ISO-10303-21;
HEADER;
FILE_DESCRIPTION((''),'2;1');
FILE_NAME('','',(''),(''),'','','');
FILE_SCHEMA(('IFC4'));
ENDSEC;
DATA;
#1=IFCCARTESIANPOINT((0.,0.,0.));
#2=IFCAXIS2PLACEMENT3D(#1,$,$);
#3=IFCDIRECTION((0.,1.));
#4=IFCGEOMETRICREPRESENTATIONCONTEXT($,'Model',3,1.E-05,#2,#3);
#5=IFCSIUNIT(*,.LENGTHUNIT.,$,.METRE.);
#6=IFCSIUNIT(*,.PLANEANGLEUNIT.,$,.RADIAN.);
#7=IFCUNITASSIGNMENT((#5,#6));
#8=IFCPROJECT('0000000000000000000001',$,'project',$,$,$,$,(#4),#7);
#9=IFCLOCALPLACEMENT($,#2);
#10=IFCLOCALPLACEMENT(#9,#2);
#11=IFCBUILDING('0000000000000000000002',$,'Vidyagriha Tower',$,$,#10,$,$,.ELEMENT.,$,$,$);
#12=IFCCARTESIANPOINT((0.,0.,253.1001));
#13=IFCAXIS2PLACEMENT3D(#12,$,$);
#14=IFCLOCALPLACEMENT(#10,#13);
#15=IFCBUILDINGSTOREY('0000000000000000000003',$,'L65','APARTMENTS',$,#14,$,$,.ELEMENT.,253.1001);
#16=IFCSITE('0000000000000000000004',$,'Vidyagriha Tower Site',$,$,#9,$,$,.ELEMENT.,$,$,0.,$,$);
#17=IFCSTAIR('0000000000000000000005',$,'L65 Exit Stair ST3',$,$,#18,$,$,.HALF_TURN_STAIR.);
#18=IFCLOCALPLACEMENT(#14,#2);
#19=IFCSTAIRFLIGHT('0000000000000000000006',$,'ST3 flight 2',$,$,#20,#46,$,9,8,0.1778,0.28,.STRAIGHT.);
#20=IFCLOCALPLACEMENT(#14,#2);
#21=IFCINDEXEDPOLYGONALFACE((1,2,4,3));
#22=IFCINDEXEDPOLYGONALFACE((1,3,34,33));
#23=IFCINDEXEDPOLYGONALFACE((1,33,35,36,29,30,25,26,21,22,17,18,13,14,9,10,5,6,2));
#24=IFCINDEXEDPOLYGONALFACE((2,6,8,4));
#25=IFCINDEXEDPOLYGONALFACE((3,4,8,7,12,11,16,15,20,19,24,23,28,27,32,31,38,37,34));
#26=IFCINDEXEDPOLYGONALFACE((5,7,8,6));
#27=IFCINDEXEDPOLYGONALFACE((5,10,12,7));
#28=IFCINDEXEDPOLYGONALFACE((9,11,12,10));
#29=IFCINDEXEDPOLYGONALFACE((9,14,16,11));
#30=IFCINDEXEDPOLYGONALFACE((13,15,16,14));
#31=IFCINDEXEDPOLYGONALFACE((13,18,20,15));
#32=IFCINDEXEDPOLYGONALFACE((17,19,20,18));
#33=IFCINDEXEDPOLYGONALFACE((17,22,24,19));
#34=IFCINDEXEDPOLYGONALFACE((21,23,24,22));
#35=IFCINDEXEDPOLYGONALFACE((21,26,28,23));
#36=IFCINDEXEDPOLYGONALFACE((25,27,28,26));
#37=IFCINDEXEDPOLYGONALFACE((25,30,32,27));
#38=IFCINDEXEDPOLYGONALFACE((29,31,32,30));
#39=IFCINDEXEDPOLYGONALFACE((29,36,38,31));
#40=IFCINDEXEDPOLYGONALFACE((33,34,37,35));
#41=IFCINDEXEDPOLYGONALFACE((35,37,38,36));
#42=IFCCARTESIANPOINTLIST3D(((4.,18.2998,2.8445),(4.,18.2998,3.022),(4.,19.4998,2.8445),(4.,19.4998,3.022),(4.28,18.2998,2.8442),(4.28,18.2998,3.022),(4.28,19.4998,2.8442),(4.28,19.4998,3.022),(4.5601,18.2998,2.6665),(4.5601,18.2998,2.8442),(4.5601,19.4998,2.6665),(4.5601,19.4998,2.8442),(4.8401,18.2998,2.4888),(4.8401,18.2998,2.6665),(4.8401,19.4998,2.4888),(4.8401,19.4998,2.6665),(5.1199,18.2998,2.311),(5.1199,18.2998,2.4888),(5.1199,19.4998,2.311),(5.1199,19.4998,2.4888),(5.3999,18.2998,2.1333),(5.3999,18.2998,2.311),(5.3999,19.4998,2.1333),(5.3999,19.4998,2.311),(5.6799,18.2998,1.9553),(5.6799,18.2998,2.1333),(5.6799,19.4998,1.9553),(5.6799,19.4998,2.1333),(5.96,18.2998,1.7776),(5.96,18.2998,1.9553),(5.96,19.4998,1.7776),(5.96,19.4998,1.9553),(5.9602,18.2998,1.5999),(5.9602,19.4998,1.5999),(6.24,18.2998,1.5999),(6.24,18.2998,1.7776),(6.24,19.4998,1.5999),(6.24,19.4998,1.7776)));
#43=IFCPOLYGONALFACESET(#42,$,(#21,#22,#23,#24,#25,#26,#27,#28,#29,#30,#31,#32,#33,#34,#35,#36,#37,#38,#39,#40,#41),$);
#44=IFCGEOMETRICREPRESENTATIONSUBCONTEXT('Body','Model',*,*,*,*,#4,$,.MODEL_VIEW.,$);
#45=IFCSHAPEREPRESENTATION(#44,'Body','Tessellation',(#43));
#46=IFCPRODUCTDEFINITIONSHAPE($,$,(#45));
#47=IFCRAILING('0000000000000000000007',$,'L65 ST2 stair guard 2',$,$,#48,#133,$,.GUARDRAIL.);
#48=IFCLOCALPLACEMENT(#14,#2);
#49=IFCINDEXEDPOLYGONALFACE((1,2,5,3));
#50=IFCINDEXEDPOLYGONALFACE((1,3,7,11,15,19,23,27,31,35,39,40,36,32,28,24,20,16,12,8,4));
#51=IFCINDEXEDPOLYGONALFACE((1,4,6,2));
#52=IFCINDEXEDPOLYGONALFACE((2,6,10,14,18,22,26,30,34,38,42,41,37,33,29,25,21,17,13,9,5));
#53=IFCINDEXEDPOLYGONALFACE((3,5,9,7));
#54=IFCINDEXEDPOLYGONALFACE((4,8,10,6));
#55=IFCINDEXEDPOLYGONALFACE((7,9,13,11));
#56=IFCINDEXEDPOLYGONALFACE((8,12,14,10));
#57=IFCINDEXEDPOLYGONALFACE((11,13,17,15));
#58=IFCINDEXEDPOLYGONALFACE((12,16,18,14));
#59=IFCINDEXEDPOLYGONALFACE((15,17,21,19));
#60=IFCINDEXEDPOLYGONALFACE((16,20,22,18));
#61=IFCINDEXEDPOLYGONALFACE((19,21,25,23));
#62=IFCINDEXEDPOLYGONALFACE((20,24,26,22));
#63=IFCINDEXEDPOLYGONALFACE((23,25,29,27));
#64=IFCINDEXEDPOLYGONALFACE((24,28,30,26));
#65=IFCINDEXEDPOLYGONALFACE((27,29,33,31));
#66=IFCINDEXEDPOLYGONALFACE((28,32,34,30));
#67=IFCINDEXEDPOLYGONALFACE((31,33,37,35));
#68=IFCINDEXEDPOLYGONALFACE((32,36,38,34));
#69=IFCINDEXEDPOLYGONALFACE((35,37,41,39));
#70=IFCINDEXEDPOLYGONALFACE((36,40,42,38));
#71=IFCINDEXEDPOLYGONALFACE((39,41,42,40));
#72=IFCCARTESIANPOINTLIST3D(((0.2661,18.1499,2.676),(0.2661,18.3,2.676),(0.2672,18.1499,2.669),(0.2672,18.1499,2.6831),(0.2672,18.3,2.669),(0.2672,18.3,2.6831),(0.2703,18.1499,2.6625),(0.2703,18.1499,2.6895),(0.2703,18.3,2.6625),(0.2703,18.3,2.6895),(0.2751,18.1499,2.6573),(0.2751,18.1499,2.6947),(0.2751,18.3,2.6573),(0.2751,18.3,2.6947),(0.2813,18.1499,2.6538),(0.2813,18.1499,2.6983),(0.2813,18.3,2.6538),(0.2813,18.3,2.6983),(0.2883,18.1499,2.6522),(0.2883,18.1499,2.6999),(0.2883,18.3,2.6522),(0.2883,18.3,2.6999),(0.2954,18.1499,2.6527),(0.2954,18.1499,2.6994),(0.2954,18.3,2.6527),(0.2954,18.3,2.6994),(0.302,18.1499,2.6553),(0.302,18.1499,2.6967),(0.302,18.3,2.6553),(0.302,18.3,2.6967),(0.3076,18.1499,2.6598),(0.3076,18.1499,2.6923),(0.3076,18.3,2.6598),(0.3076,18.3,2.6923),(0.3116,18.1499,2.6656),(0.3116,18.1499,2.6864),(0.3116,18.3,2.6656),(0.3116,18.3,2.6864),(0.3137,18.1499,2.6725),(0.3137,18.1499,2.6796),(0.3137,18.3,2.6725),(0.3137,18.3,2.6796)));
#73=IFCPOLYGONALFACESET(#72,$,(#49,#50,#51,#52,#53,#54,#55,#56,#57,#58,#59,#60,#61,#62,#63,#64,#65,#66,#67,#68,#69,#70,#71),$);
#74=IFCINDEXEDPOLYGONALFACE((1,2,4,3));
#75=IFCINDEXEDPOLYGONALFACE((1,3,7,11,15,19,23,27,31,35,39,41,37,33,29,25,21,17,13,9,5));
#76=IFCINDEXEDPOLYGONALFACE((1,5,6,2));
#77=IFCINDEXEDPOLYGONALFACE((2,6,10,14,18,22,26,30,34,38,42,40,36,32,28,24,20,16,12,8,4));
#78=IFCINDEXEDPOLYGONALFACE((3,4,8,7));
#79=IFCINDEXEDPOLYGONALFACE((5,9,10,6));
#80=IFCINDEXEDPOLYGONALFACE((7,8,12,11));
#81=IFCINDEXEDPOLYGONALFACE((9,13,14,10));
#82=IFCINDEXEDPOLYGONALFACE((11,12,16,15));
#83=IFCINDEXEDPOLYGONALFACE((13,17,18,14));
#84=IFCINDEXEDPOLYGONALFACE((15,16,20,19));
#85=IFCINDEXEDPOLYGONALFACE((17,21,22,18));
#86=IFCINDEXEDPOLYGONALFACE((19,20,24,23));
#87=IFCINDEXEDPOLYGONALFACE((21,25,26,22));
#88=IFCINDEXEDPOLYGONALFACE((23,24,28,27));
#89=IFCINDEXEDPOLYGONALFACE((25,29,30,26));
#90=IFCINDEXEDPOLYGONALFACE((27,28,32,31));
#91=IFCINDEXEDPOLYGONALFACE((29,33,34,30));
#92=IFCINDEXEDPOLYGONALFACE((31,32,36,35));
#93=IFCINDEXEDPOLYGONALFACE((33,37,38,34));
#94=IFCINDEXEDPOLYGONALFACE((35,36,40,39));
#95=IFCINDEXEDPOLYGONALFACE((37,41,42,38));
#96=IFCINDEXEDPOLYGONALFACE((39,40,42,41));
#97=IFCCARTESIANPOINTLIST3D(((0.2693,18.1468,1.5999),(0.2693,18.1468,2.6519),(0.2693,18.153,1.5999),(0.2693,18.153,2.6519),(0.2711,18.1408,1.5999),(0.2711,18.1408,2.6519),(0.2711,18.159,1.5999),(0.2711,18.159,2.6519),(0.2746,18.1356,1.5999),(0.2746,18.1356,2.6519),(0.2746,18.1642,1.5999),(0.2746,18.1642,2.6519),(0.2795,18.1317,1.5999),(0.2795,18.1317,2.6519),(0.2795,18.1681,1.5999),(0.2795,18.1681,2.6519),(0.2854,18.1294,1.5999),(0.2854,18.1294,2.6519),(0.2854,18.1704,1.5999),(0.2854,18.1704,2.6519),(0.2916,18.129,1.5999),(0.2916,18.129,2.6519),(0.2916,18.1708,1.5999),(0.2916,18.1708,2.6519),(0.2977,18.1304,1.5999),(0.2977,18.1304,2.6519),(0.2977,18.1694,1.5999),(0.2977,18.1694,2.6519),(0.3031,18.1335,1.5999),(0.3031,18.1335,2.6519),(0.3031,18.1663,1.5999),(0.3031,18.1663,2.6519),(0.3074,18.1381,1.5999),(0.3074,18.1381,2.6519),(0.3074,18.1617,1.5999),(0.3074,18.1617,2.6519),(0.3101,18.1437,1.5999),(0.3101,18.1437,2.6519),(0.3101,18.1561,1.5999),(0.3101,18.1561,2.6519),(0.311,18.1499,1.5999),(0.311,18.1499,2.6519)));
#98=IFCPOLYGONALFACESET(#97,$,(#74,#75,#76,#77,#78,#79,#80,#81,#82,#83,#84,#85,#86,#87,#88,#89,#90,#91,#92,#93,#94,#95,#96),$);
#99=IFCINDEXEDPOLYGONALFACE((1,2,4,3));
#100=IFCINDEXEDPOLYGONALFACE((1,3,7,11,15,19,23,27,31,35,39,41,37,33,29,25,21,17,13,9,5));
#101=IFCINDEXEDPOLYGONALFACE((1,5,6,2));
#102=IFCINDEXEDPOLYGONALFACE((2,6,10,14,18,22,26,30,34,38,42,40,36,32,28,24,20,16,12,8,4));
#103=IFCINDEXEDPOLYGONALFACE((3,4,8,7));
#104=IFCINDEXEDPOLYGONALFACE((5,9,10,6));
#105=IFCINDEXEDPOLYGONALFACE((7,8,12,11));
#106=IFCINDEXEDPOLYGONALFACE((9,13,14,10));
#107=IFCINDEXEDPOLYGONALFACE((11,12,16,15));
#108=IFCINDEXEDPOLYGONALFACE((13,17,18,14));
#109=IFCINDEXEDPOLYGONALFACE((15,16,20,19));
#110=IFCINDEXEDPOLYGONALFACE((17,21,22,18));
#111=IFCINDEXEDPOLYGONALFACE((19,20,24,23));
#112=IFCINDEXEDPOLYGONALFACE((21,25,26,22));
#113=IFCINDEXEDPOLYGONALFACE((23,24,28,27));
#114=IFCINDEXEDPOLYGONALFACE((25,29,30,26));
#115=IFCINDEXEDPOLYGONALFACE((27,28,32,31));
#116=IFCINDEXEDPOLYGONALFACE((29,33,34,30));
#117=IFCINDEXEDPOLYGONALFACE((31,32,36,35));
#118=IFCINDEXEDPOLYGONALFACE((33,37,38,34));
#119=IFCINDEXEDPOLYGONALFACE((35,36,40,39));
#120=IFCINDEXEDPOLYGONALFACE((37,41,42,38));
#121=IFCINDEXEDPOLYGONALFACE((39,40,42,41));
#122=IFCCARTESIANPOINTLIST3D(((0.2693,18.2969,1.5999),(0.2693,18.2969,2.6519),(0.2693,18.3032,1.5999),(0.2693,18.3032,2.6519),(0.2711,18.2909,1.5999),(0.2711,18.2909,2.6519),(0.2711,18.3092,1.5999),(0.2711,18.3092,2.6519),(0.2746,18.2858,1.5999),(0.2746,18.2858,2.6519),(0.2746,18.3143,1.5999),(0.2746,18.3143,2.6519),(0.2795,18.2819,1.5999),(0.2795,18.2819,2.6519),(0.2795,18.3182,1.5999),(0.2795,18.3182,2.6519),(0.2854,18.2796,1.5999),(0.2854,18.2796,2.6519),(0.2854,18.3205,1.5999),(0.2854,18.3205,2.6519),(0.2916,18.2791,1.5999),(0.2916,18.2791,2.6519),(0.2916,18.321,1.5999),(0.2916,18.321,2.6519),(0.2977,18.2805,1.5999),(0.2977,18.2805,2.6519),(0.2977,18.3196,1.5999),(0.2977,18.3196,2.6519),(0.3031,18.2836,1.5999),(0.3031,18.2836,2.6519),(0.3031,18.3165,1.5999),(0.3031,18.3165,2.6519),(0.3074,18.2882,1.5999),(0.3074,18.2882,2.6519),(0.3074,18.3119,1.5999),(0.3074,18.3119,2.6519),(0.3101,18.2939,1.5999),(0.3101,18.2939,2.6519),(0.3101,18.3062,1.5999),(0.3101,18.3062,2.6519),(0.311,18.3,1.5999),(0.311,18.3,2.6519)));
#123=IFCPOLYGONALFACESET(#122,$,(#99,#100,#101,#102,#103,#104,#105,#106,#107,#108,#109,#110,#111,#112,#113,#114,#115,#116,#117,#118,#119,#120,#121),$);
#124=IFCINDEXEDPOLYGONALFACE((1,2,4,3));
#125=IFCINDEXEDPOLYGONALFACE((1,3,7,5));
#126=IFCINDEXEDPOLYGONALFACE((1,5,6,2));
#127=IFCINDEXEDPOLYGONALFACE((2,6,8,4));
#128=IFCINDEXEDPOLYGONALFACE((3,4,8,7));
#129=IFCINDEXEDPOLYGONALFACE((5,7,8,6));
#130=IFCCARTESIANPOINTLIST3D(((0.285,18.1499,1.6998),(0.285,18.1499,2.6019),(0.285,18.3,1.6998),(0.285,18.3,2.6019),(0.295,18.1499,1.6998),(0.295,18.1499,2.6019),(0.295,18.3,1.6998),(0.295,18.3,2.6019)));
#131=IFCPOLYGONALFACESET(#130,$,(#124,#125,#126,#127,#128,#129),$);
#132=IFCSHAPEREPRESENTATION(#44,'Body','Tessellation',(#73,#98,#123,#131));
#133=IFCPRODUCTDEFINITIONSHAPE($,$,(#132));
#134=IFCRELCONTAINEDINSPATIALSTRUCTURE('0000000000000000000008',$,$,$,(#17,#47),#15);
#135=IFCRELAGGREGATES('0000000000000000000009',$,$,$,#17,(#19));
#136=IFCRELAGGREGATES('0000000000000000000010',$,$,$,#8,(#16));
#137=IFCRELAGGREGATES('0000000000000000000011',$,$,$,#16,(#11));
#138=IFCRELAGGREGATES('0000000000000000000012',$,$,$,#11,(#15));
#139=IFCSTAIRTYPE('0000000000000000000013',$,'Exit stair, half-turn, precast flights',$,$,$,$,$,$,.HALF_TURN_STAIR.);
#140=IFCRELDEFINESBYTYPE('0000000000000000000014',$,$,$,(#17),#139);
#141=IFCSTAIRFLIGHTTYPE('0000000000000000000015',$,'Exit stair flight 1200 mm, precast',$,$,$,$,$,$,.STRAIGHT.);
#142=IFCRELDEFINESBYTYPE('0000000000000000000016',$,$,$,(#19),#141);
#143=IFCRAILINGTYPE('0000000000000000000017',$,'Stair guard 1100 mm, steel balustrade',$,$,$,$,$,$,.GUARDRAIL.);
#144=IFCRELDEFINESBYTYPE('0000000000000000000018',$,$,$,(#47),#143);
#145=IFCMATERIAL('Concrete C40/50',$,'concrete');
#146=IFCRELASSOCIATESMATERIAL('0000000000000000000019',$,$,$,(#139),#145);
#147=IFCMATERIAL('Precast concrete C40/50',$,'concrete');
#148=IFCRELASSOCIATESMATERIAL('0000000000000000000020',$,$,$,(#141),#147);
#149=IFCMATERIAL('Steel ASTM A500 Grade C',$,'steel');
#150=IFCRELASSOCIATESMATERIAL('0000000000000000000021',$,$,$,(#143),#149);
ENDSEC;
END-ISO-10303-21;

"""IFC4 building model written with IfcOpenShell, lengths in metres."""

from ifc_helpers import new_model, si_unit, direction, frame, origin, origin_2d, place, context, subcontext, project, spatial, polyline, rectangle, circle, outline, extrude, material, type_object, element, aggregate, save


model = new_model("IFC4")

# Units and contexts
model_context = context("Model", 3, precision=1e-05, world=origin(), true_north=direction((0.0, 1.0)))
body_context = subcontext(model_context, "Body", "Model", "MODEL_VIEW")
ifc_project = project(units=[si_unit("LENGTHUNIT", "METRE"), si_unit("PLANEANGLEUNIT", "RADIAN")], contexts=[model_context])

# Site, building, storey
site_placement = place(None, origin())
site = spatial("IfcSite", under=ifc_project, at=site_placement, Name="Vidyagriha Tower Site", CompositionType="ELEMENT", RefElevation=0.0)
building_placement = place(site_placement, origin())
building = spatial("IfcBuilding", under=site, at=building_placement, Name="Vidyagriha Tower", CompositionType="ELEMENT")
storey_placement = place(building_placement, frame((0.0, 0.0, 253.1001)))
storey = spatial("IfcBuildingStorey", under=building, at=storey_placement, Name="L65", Description="APARTMENTS", CompositionType="ELEMENT", Elevation=253.1001)

# Stair, stair flight
ifc_material_1 = material(Name="Concrete C40/50", Category="concrete")
stair_type = type_object("IfcStairType", Name="Exit stair, half-turn, precast flights", PredefinedType="HALF_TURN_STAIR", material=ifc_material_1)
ifc_material_2 = material(Name="Precast concrete C40/50", Category="concrete")
stair_flight_type = type_object("IfcStairFlightType", Name="Exit stair flight 1200 mm, precast", PredefinedType="STRAIGHT", material=ifc_material_2)
stair_1_placement = place(storey_placement, origin())
stair_1 = element("IfcStair", 1, at=stair_1_placement, inside=storey, type_object=stair_type, Name="L65 Exit Stair ST3", PredefinedType="HALF_TURN_STAIR")
stair_flight_1_placement = place(storey_placement, frame((6.24, 18.8999, 1.5999), z_axis=(0.0, 0.0, 1.0), x_axis=(-1.0, 0.0, 0.0)))
stair_flight_1 = element("IfcStairFlight", 2, at=stair_flight_1_placement, type_object=stair_flight_type, Name="ST3 flight 2", NumberOfRisers=9, NumberOfTreads=8, PredefinedType="STRAIGHT", RiserHeight=0.1778, TreadLength=0.28, context=body_context, shape_type="SweptSolid", body=[
    extrude(outline(polyline([(0.0, 0.0), (0.0, 0.1777), (0.28, 0.1777), (0.28, 0.3555), (0.5601, 0.3555), (0.5601, 0.5334), (0.8401, 0.5334), (0.8401, 0.7112), (1.1201, 0.7112), (1.1201, 0.8889), (1.3999, 0.8889), (1.3999, 1.0667), (1.6799, 1.0667), (1.6799, 1.2444), (1.96, 1.2444), (1.96, 1.4221), (2.24, 1.4221), (2.24, 1.6001), (2.24, 1.2446), (0.2798, 0.0), (0.0, 0.0)])), frame((0.0, 0.6001, 0.0), z_axis=(0.0, -1.0, 0.0), x_axis=(1.0, 0.0, 0.0)), (0.0, 0.0, 1.0), 1.2),
])
aggregate(stair_1, [stair_flight_1])

# Railing
ifc_material_3 = material(Name="Steel ASTM A500 Grade C", Category="steel")
railing_type_1 = type_object("IfcRailingType", Name="Stair guard 1100 mm, steel balustrade", PredefinedType="GUARDRAIL", material=ifc_material_3)
railing_1_placement = place(storey_placement, frame((0.29, 18.1499, 1.5999)))
element("IfcRailing", 3, at=railing_1_placement, inside=storey, type_object=railing_type_1, Name="L65 ST2 stair guard 2", PredefinedType="GUARDRAIL", context=body_context, shape_type="SweptSolid", body=[
    extrude(circle(Radius=0.0239, at=origin_2d()), frame((0.0, 0.0, 1.0762), z_axis=(0.0, 1.0, 0.0), x_axis=(-1.0, 0.0, 0.0)), (0.0, 0.0, 1.0), 0.1501),
    extrude(circle(Radius=0.021, at=origin_2d()), origin(), (0.0, 0.0, 1.0), 1.052),
    extrude(circle(Radius=0.021, at=origin_2d()), frame((0.0, 0.1501, 0.0)), (0.0, 0.0, 1.0), 1.052),
    extrude(rectangle(XDim=0.01, YDim=0.9021, at=origin_2d()), frame((0.0, 0.0, 0.551), z_axis=(0.0, 1.0, 0.0), x_axis=(-1.0, 0.0, 0.0)), (0.0, 0.0, 1.0), 0.1501),
])

save(model, "model.ifc")
